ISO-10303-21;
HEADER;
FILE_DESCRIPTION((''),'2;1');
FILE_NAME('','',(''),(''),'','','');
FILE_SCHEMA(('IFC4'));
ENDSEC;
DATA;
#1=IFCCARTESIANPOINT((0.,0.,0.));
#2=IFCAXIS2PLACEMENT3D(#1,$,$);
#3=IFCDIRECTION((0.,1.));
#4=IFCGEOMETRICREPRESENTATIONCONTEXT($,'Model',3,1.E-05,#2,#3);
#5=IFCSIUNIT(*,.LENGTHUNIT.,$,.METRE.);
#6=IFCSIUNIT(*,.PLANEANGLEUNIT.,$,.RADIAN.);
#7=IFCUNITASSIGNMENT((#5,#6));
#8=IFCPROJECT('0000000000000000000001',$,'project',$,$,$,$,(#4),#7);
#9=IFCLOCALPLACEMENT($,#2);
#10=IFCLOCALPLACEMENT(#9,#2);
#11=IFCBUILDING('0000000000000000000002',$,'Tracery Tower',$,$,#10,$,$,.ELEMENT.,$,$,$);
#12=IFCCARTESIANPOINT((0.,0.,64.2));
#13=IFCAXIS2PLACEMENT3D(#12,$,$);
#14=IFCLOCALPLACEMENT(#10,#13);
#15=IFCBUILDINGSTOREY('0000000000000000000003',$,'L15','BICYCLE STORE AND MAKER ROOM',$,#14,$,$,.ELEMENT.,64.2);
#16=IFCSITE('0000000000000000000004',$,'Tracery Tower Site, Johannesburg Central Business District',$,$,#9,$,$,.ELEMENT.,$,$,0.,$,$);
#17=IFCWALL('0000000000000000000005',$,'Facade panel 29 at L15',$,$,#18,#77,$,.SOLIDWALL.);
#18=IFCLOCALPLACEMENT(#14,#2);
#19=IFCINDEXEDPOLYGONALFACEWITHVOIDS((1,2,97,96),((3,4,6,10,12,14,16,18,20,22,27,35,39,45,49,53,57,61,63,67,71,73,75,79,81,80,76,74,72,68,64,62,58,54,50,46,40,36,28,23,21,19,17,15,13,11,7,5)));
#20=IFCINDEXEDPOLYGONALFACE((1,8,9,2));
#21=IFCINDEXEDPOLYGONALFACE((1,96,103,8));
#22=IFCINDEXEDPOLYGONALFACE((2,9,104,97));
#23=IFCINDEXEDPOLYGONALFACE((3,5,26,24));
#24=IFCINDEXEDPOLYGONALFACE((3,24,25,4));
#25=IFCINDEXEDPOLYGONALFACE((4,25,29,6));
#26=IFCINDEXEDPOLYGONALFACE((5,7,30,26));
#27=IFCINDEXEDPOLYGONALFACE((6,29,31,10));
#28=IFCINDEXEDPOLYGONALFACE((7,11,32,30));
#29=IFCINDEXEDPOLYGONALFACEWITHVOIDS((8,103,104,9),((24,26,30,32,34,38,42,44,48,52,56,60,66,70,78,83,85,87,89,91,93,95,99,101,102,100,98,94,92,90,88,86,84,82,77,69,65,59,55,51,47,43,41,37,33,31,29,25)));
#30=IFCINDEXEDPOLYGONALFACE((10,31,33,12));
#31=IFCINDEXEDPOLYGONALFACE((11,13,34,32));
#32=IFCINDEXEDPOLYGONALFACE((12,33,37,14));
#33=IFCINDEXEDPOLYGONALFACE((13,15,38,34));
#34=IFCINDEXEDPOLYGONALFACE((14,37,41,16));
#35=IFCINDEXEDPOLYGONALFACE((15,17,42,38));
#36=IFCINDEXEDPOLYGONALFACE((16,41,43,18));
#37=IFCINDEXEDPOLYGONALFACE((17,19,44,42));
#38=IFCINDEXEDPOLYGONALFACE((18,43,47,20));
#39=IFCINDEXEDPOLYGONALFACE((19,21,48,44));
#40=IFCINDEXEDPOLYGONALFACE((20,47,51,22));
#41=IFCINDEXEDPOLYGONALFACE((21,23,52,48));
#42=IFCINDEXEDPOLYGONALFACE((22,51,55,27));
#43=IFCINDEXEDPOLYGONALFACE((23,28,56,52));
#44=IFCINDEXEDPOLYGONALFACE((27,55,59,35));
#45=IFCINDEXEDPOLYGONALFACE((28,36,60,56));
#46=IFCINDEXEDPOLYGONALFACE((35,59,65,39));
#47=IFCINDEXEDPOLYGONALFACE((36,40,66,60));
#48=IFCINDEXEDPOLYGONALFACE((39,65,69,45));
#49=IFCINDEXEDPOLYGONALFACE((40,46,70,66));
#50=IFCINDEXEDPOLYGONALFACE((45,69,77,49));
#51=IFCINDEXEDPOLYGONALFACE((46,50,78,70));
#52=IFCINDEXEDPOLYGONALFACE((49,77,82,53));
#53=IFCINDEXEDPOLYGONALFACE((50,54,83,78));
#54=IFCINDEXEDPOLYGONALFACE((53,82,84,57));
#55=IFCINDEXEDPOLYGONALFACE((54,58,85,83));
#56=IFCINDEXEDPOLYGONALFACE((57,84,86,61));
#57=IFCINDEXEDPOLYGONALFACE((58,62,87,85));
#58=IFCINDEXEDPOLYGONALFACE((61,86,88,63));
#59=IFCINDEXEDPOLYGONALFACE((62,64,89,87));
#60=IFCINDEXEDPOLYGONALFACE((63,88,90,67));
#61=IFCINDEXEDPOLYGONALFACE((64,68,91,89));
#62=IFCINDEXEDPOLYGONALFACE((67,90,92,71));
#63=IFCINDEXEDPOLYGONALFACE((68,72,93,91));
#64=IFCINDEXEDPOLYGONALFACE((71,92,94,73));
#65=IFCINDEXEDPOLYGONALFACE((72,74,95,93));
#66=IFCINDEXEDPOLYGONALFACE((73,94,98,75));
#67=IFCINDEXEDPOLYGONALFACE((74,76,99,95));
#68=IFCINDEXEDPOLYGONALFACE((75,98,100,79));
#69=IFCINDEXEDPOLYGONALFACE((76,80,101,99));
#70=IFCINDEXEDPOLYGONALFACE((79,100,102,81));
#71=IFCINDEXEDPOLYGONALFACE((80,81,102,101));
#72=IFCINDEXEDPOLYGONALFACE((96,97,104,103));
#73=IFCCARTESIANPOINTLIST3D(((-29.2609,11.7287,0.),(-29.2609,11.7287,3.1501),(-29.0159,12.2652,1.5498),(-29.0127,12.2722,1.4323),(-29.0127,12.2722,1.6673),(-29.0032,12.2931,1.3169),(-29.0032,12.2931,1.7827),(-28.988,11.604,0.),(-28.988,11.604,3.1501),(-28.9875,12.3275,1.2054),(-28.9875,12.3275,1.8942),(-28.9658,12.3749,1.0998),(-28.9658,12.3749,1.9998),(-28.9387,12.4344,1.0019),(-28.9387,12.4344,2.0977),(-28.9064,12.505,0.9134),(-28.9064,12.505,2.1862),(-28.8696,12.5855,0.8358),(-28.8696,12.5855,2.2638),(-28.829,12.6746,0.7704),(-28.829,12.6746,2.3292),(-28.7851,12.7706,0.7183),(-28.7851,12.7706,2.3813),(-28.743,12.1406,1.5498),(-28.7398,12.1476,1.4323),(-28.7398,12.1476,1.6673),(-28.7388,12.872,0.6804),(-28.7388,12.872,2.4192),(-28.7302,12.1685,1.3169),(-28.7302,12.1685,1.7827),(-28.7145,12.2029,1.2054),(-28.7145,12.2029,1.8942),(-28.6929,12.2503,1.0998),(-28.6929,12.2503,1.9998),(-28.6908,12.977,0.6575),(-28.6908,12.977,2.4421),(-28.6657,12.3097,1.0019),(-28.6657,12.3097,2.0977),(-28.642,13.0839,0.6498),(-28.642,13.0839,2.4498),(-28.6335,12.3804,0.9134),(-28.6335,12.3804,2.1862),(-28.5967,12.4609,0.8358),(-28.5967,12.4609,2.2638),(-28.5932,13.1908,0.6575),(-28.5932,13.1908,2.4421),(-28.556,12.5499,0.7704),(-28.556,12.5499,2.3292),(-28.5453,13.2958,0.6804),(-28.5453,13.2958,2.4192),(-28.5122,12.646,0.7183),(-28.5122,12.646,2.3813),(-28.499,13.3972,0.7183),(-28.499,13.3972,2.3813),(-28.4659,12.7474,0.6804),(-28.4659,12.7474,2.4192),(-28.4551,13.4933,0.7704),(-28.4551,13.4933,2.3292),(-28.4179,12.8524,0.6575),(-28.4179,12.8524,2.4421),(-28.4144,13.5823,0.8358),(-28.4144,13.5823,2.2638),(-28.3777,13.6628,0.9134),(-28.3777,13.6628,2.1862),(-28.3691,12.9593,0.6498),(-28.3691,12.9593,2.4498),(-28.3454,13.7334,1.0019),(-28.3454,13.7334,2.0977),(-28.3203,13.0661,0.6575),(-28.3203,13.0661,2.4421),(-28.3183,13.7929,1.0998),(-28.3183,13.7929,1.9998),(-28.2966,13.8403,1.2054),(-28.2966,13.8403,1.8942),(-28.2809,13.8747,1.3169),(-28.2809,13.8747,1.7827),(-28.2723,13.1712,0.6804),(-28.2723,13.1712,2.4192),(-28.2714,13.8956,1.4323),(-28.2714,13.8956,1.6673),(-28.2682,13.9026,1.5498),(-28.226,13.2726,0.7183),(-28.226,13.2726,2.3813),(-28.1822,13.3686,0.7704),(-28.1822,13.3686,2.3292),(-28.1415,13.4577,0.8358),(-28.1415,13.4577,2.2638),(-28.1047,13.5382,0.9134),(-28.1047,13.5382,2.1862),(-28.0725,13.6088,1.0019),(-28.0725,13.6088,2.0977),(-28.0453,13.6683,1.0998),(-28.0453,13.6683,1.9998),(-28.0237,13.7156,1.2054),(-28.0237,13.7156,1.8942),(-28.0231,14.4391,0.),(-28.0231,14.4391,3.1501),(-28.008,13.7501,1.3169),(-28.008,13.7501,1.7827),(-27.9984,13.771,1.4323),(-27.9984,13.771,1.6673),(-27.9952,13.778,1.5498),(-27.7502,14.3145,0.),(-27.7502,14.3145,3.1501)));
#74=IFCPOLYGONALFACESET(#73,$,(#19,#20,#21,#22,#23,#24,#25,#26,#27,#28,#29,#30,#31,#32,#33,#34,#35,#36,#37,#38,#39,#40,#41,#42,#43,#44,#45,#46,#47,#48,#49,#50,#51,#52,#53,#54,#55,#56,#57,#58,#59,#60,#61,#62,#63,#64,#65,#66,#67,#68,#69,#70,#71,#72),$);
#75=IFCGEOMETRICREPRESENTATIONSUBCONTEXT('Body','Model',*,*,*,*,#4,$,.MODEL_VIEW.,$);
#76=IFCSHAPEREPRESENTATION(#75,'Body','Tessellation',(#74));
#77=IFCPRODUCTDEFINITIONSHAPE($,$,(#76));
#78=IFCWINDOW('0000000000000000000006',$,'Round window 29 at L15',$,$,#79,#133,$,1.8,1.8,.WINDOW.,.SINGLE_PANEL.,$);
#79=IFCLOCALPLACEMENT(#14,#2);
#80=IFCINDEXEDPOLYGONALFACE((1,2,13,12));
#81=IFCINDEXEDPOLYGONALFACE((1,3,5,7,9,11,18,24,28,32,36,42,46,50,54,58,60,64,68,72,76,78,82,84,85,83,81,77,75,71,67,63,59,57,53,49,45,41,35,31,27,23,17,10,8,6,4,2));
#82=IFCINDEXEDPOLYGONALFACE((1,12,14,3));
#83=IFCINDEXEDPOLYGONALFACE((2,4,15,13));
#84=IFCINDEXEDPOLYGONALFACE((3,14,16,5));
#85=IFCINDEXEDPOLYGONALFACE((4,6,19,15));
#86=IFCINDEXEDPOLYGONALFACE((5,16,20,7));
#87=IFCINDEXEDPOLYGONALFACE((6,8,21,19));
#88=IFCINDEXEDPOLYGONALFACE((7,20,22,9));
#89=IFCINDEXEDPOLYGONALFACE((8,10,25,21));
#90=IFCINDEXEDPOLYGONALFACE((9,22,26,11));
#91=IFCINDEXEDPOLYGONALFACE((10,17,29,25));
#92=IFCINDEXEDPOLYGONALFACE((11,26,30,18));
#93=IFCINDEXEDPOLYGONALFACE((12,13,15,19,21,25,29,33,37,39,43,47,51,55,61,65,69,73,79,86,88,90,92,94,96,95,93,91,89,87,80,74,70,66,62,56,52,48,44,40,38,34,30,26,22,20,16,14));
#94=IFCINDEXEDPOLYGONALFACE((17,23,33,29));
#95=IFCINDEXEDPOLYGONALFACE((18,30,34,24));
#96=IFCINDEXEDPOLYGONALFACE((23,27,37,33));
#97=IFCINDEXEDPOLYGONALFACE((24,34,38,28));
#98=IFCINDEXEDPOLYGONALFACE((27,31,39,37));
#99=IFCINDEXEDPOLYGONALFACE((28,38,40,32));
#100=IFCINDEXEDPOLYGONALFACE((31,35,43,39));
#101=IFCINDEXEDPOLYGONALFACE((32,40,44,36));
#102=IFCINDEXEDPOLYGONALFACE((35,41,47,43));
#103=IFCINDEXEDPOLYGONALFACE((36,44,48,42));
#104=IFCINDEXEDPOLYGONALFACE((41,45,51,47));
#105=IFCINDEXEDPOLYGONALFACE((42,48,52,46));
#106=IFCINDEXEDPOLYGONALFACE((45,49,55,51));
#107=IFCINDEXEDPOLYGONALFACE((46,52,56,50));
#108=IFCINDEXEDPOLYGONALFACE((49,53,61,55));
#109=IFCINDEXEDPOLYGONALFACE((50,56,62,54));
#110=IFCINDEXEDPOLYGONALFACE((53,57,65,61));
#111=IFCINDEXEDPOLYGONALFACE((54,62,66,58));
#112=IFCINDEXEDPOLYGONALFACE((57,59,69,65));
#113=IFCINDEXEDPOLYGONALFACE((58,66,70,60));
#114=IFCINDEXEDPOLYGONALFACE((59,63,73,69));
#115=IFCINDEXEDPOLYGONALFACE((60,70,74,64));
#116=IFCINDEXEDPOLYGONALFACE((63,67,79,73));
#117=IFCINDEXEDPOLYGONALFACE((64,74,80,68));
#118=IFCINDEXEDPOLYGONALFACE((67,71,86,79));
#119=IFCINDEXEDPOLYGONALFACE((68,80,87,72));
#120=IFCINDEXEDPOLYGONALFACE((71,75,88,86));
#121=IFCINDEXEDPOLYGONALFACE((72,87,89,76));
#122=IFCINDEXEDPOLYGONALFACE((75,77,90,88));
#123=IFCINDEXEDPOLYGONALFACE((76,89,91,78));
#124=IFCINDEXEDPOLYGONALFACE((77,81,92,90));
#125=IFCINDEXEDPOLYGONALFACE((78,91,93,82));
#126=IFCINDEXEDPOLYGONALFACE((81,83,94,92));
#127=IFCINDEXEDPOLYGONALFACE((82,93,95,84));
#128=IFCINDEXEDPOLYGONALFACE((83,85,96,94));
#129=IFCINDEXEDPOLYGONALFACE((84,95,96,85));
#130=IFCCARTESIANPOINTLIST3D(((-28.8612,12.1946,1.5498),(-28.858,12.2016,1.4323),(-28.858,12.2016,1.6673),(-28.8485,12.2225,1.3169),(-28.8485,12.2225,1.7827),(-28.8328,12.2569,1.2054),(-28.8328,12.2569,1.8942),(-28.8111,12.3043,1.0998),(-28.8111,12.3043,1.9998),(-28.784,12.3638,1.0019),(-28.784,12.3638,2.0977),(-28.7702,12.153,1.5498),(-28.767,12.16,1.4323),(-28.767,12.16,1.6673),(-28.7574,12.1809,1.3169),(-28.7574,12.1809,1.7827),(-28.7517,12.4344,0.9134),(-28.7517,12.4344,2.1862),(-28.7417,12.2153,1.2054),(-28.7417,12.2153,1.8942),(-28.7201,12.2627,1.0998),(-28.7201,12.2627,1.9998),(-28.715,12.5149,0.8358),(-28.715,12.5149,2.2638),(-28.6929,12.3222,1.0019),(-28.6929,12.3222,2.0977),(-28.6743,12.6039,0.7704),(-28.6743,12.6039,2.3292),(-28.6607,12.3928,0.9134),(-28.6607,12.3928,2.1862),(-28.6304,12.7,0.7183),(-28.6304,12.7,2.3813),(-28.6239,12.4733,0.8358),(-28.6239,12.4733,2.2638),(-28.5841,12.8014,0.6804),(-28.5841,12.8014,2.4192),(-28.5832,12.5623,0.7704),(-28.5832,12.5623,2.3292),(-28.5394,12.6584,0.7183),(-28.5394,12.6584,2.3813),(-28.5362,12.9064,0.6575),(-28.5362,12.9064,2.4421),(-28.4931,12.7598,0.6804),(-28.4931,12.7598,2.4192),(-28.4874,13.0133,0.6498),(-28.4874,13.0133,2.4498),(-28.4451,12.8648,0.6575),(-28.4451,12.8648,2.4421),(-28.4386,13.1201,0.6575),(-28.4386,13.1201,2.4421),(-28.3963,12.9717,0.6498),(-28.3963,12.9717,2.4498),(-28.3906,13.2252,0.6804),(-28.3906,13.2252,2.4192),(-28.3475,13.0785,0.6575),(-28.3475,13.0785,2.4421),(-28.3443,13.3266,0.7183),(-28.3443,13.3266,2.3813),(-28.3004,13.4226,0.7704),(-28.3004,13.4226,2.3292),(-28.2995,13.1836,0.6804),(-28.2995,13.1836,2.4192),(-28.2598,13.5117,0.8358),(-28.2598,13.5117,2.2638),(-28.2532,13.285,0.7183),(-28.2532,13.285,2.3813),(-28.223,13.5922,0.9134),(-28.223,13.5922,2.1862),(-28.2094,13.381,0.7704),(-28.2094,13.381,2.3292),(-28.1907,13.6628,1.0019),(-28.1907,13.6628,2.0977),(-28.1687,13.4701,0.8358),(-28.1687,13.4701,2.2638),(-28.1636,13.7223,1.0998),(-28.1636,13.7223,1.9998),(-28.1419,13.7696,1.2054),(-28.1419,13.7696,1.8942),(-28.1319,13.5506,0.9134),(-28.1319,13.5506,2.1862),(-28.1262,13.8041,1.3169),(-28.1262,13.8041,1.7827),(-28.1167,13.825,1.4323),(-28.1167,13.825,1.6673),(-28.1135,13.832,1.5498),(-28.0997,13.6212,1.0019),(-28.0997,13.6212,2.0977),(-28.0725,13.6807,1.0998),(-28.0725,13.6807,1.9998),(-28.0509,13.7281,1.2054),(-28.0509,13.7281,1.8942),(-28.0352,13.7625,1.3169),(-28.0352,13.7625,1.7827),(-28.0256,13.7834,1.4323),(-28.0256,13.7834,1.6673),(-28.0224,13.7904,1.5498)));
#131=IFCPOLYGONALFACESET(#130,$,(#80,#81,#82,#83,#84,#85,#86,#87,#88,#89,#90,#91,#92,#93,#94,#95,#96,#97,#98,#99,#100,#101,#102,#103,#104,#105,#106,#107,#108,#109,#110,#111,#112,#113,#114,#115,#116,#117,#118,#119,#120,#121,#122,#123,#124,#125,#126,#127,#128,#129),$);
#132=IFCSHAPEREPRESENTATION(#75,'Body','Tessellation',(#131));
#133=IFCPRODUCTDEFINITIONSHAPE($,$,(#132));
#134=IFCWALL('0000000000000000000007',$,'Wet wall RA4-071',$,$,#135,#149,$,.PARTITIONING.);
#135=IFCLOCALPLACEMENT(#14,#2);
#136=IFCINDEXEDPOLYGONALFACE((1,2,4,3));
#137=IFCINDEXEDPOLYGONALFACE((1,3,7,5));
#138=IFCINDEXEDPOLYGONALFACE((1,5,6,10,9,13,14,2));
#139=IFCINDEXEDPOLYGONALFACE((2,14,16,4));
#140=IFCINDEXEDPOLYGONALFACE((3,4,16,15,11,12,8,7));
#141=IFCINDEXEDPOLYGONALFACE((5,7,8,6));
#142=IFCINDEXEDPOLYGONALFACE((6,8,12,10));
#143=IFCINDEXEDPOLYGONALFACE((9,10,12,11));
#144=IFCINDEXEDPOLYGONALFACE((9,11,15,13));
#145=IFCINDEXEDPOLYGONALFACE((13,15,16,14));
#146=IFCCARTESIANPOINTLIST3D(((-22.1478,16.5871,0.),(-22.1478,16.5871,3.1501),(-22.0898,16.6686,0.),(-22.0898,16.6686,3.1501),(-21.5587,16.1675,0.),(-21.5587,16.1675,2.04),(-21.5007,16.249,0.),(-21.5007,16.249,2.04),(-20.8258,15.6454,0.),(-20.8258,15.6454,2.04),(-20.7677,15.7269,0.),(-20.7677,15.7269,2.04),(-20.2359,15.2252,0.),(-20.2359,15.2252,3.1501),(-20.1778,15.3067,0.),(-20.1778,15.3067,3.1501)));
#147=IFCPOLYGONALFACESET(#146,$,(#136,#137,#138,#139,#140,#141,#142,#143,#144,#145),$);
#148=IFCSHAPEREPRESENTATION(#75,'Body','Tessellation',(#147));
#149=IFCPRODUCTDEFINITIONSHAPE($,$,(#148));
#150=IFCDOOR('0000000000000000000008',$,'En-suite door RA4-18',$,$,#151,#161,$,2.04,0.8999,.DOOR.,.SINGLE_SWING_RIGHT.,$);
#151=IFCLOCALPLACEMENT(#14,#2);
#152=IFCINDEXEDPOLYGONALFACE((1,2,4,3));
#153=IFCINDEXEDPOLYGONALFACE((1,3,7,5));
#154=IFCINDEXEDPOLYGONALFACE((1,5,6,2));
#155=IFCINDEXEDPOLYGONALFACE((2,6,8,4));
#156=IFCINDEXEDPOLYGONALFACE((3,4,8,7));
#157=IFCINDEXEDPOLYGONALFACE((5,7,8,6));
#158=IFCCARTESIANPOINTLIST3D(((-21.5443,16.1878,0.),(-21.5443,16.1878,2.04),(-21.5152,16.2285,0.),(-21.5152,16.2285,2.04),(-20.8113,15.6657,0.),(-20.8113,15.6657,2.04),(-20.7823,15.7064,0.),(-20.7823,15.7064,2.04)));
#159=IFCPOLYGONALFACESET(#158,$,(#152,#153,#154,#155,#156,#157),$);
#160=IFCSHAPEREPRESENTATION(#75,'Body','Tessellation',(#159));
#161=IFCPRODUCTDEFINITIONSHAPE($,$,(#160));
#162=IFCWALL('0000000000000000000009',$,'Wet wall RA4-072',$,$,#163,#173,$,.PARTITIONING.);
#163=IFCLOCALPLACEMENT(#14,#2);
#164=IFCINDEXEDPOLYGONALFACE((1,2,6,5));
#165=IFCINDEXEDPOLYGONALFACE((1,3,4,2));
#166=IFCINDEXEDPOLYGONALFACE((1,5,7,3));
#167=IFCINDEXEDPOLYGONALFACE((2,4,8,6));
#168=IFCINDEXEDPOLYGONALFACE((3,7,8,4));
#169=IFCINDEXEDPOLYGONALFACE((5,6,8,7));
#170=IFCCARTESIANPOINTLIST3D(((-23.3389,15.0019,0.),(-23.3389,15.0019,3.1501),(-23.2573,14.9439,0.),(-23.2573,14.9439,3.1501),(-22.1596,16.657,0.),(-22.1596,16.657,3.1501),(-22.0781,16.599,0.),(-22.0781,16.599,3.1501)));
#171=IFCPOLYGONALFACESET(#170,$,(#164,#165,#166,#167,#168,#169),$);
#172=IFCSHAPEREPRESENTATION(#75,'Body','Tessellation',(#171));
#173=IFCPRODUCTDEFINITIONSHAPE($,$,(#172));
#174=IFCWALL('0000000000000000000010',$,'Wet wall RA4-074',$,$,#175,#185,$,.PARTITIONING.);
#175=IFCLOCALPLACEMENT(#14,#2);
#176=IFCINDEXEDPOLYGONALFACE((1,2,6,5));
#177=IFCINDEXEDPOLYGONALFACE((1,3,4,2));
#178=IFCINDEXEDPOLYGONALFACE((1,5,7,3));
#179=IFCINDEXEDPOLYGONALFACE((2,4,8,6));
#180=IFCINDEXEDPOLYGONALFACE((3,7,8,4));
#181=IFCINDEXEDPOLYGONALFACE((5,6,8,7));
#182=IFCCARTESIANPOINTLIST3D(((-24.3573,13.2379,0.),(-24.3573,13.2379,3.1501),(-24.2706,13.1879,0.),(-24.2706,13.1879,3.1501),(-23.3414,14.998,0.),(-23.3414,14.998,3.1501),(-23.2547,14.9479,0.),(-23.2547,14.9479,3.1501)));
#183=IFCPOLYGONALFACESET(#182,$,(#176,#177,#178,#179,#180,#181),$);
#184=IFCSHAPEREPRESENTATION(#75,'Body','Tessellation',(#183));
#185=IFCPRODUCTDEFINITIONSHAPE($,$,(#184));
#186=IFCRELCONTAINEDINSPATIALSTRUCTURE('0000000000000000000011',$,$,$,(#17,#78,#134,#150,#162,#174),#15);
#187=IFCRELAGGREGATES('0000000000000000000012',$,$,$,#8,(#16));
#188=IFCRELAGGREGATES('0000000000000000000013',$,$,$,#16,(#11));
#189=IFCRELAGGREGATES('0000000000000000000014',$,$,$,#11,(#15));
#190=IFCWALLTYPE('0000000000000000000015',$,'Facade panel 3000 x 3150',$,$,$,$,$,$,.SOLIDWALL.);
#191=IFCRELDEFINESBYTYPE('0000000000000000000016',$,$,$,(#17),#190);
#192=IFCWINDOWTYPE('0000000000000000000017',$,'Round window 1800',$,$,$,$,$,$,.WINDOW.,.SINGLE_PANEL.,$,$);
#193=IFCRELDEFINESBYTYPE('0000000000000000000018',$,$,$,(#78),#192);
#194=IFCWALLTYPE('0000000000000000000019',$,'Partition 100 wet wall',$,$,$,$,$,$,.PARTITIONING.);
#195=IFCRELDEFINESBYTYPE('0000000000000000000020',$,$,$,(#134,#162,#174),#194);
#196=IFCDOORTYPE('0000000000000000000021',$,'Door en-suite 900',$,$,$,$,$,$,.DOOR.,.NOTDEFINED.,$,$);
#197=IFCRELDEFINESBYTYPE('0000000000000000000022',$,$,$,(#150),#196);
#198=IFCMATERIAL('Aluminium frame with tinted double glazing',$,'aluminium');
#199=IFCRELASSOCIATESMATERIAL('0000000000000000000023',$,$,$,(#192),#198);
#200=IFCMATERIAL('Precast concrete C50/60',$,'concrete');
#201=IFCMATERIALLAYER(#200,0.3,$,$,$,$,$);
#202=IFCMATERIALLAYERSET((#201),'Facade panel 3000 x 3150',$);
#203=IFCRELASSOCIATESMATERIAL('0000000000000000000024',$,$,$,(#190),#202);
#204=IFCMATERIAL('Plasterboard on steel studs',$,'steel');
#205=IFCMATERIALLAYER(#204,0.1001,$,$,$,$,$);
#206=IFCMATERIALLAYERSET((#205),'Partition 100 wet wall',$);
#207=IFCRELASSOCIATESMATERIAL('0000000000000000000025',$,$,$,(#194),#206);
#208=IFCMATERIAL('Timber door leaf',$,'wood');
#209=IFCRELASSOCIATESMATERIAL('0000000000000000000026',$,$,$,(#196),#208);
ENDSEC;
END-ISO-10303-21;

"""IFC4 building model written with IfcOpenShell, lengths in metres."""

from ifc_helpers import new_model, si_unit, direction, frame, frame_2d, origin, origin_2d, place, context, subcontext, project, spatial, rectangle, circle, extrude, material, layer, layer_set, type_object, element, fill, save


model = new_model("IFC4")

# Units and contexts
model_context = context("Model", 3, precision=1e-05, world=origin(), true_north=direction((0.0, 1.0)))
body_context = subcontext(model_context, "Body", "Model", "MODEL_VIEW")
ifc_project = project(units=[si_unit("LENGTHUNIT", "METRE"), si_unit("PLANEANGLEUNIT", "RADIAN")], contexts=[model_context])

# Site, building, storey
site_placement = place(None, origin())
site = spatial("IfcSite", under=ifc_project, at=site_placement, Name="Tracery Tower Site, Johannesburg Central Business District", CompositionType="ELEMENT", RefElevation=0.0)
building_placement = place(site_placement, origin())
building = spatial("IfcBuilding", under=site, at=building_placement, Name="Tracery Tower", CompositionType="ELEMENT")
storey_placement = place(building_placement, frame((0.0, 0.0, 64.2)))
storey = spatial("IfcBuildingStorey", under=building, at=storey_placement, Name="L15", Description="BICYCLE STORE AND MAKER ROOM", CompositionType="ELEMENT", Elevation=64.2)

# Wall, opening, window
ifc_material_1 = material(Name="Aluminium frame with tinted double glazing", Category="aluminium")
window_type = type_object("IfcWindowType", Name="Round window 1800", PartitioningType="SINGLE_PANEL", PredefinedType="WINDOW", material=ifc_material_1)
ifc_material_2 = material(Name="Precast concrete C50/60", Category="concrete")
ifc_layer_1 = layer(ifc_material_2, 0.3)
ifc_layer_set_1 = layer_set([ifc_layer_1], Name="Facade panel 3000 x 3150")
wall_type_1 = type_object("IfcWallType", Name="Facade panel 3000 x 3150", PredefinedType="SOLIDWALL", material=ifc_layer_set_1)
wall_1_placement = place(storey_placement, frame((-27.8867, 14.3767, 0.0), z_axis=(0.0, 0.0, 1.0), x_axis=(-0.415407, -0.909636, 0.0)))
wall_1 = element("IfcWall", 1, at=wall_1_placement, inside=storey, type_object=wall_type_1, Name="Facade panel 29 at L15", PredefinedType="SOLIDWALL", context=body_context, shape_type="SweptSolid", body=[
    extrude(rectangle(XDim=2.9797, YDim=0.3, at=frame_2d((1.4897, 0.0))), origin(), (0.0, 0.0, 1.0), 3.1501),
])
opening_1_placement = place(wall_1_placement, frame((1.4897, 0.0, 1.5498)))
opening_1 = element("IfcOpeningElement", 2, at=opening_1_placement, cuts=wall_1, PredefinedType="OPENING", context=body_context, shape_type="SweptSolid", body=[
    extrude(circle(Radius=0.9, at=origin_2d()), frame((0.0, 0.1599, 0.0), z_axis=(0.0, -1.0, 0.0), x_axis=(1.0, 0.0, 0.0)), (0.0, 0.0, 1.0), 0.3201),
])
window_1_placement = place(opening_1_placement, origin())
window_1 = element("IfcWindow", 3, at=window_1_placement, inside=storey, type_object=window_type, Name="Round window 29 at L15", OverallHeight=1.8, OverallWidth=1.8, PartitioningType="SINGLE_PANEL", PredefinedType="WINDOW", context=body_context, shape_type="SweptSolid", body=[
    extrude(circle(Radius=0.9, at=origin_2d()), frame((0.0, 0.1201, 0.0), z_axis=(0.0, -1.0, 0.0), x_axis=(1.0, 0.0, 0.0)), (0.0, 0.0, 1.0), 0.1001),
])
fill(opening_1, window_1)

# Wall, opening, door
ifc_material_3 = material(Name="Plasterboard on steel studs", Category="steel")
ifc_layer_2 = layer(ifc_material_3, 0.1001)
ifc_layer_set_2 = layer_set([ifc_layer_2], Name="Partition 100 wet wall")
wall_type_2 = type_object("IfcWallType", Name="Partition 100 wet wall", PredefinedType="PARTITIONING", material=ifc_layer_set_2)
wall_2_placement = place(storey_placement, frame((-22.1189, 16.6279, 0.0), z_axis=(0.0, 0.0, 1.0), x_axis=(0.814499, -0.580165, 0.0)))
wall_2 = element("IfcWall", 4, at=wall_2_placement, inside=storey, type_object=wall_type_2, Name="Wet wall RA4-071", PredefinedType="PARTITIONING", context=body_context, shape_type="SweptSolid", body=[
    extrude(rectangle(XDim=2.3474, YDim=0.1001, at=frame_2d((1.1738, 0.0))), origin(), (0.0, 0.0, 1.0), 3.1501),
])
opening_2_placement = place(wall_2_placement, frame((0.7234, 0.0, 0.0)))
opening_2 = element("IfcOpeningElement", 5, at=opening_2_placement, cuts=wall_2, PredefinedType="OPENING", context=body_context, shape_type="SweptSolid", body=[
    extrude(rectangle(XDim=0.8999, YDim=2.04, at=frame_2d((0.45, 1.02))), frame((0.0, 0.05, 0.0), z_axis=(0.0, -1.0, 0.0), x_axis=(1.0, 0.0, 0.0)), (0.0, 0.0, 1.0), 0.1001),
])
ifc_material_4 = material(Name="Timber door leaf", Category="wood")
door_type = type_object("IfcDoorType", Name="Door en-suite 900", OperationType="NOTDEFINED", PredefinedType="DOOR", material=ifc_material_4)
door_1_placement = place(opening_2_placement, origin())
door_1 = element("IfcDoor", 6, at=door_1_placement, inside=storey, type_object=door_type, Name="En-suite door RA4-18", OperationType="SINGLE_SWING_RIGHT", OverallHeight=2.04, OverallWidth=0.8999, PredefinedType="DOOR", context=body_context, shape_type="SweptSolid", body=[
    extrude(rectangle(XDim=0.8999, YDim=2.04, at=frame_2d((0.45, 1.02))), frame((0.0, 0.0249, 0.0), z_axis=(0.0, -1.0, 0.0), x_axis=(1.0, 0.0, 0.0)), (0.0, 0.0, 1.0), 0.05),
])
fill(opening_2, door_1)

# Walls
for number, where, z_axis, x_axis, name in (
    (7, (-23.2981, 14.9729, 0.0), (0.0, 0.0, 1.0), (0.580272, 0.814423, 0.0), "Wet wall RA4-072"),
    (8, (-24.314, 13.2129, 0.0), (0.0, 0.0, 1.0), (0.499899, 0.866084, 0.0), "Wet wall RA4-074"),
):
    element("IfcWall", number, at=place(storey_placement, frame(where, z_axis=z_axis, x_axis=x_axis)), inside=storey, type_object=wall_type_2, Name=name, PredefinedType="PARTITIONING", context=body_context, shape_type="SweptSolid", body=[
        extrude(rectangle(XDim=2.0322, YDim=0.1001, at=frame_2d((1.0161, 0.0))), origin(), (0.0, 0.0, 1.0), 3.1501),
    ])

save(model, "model.ifc")
